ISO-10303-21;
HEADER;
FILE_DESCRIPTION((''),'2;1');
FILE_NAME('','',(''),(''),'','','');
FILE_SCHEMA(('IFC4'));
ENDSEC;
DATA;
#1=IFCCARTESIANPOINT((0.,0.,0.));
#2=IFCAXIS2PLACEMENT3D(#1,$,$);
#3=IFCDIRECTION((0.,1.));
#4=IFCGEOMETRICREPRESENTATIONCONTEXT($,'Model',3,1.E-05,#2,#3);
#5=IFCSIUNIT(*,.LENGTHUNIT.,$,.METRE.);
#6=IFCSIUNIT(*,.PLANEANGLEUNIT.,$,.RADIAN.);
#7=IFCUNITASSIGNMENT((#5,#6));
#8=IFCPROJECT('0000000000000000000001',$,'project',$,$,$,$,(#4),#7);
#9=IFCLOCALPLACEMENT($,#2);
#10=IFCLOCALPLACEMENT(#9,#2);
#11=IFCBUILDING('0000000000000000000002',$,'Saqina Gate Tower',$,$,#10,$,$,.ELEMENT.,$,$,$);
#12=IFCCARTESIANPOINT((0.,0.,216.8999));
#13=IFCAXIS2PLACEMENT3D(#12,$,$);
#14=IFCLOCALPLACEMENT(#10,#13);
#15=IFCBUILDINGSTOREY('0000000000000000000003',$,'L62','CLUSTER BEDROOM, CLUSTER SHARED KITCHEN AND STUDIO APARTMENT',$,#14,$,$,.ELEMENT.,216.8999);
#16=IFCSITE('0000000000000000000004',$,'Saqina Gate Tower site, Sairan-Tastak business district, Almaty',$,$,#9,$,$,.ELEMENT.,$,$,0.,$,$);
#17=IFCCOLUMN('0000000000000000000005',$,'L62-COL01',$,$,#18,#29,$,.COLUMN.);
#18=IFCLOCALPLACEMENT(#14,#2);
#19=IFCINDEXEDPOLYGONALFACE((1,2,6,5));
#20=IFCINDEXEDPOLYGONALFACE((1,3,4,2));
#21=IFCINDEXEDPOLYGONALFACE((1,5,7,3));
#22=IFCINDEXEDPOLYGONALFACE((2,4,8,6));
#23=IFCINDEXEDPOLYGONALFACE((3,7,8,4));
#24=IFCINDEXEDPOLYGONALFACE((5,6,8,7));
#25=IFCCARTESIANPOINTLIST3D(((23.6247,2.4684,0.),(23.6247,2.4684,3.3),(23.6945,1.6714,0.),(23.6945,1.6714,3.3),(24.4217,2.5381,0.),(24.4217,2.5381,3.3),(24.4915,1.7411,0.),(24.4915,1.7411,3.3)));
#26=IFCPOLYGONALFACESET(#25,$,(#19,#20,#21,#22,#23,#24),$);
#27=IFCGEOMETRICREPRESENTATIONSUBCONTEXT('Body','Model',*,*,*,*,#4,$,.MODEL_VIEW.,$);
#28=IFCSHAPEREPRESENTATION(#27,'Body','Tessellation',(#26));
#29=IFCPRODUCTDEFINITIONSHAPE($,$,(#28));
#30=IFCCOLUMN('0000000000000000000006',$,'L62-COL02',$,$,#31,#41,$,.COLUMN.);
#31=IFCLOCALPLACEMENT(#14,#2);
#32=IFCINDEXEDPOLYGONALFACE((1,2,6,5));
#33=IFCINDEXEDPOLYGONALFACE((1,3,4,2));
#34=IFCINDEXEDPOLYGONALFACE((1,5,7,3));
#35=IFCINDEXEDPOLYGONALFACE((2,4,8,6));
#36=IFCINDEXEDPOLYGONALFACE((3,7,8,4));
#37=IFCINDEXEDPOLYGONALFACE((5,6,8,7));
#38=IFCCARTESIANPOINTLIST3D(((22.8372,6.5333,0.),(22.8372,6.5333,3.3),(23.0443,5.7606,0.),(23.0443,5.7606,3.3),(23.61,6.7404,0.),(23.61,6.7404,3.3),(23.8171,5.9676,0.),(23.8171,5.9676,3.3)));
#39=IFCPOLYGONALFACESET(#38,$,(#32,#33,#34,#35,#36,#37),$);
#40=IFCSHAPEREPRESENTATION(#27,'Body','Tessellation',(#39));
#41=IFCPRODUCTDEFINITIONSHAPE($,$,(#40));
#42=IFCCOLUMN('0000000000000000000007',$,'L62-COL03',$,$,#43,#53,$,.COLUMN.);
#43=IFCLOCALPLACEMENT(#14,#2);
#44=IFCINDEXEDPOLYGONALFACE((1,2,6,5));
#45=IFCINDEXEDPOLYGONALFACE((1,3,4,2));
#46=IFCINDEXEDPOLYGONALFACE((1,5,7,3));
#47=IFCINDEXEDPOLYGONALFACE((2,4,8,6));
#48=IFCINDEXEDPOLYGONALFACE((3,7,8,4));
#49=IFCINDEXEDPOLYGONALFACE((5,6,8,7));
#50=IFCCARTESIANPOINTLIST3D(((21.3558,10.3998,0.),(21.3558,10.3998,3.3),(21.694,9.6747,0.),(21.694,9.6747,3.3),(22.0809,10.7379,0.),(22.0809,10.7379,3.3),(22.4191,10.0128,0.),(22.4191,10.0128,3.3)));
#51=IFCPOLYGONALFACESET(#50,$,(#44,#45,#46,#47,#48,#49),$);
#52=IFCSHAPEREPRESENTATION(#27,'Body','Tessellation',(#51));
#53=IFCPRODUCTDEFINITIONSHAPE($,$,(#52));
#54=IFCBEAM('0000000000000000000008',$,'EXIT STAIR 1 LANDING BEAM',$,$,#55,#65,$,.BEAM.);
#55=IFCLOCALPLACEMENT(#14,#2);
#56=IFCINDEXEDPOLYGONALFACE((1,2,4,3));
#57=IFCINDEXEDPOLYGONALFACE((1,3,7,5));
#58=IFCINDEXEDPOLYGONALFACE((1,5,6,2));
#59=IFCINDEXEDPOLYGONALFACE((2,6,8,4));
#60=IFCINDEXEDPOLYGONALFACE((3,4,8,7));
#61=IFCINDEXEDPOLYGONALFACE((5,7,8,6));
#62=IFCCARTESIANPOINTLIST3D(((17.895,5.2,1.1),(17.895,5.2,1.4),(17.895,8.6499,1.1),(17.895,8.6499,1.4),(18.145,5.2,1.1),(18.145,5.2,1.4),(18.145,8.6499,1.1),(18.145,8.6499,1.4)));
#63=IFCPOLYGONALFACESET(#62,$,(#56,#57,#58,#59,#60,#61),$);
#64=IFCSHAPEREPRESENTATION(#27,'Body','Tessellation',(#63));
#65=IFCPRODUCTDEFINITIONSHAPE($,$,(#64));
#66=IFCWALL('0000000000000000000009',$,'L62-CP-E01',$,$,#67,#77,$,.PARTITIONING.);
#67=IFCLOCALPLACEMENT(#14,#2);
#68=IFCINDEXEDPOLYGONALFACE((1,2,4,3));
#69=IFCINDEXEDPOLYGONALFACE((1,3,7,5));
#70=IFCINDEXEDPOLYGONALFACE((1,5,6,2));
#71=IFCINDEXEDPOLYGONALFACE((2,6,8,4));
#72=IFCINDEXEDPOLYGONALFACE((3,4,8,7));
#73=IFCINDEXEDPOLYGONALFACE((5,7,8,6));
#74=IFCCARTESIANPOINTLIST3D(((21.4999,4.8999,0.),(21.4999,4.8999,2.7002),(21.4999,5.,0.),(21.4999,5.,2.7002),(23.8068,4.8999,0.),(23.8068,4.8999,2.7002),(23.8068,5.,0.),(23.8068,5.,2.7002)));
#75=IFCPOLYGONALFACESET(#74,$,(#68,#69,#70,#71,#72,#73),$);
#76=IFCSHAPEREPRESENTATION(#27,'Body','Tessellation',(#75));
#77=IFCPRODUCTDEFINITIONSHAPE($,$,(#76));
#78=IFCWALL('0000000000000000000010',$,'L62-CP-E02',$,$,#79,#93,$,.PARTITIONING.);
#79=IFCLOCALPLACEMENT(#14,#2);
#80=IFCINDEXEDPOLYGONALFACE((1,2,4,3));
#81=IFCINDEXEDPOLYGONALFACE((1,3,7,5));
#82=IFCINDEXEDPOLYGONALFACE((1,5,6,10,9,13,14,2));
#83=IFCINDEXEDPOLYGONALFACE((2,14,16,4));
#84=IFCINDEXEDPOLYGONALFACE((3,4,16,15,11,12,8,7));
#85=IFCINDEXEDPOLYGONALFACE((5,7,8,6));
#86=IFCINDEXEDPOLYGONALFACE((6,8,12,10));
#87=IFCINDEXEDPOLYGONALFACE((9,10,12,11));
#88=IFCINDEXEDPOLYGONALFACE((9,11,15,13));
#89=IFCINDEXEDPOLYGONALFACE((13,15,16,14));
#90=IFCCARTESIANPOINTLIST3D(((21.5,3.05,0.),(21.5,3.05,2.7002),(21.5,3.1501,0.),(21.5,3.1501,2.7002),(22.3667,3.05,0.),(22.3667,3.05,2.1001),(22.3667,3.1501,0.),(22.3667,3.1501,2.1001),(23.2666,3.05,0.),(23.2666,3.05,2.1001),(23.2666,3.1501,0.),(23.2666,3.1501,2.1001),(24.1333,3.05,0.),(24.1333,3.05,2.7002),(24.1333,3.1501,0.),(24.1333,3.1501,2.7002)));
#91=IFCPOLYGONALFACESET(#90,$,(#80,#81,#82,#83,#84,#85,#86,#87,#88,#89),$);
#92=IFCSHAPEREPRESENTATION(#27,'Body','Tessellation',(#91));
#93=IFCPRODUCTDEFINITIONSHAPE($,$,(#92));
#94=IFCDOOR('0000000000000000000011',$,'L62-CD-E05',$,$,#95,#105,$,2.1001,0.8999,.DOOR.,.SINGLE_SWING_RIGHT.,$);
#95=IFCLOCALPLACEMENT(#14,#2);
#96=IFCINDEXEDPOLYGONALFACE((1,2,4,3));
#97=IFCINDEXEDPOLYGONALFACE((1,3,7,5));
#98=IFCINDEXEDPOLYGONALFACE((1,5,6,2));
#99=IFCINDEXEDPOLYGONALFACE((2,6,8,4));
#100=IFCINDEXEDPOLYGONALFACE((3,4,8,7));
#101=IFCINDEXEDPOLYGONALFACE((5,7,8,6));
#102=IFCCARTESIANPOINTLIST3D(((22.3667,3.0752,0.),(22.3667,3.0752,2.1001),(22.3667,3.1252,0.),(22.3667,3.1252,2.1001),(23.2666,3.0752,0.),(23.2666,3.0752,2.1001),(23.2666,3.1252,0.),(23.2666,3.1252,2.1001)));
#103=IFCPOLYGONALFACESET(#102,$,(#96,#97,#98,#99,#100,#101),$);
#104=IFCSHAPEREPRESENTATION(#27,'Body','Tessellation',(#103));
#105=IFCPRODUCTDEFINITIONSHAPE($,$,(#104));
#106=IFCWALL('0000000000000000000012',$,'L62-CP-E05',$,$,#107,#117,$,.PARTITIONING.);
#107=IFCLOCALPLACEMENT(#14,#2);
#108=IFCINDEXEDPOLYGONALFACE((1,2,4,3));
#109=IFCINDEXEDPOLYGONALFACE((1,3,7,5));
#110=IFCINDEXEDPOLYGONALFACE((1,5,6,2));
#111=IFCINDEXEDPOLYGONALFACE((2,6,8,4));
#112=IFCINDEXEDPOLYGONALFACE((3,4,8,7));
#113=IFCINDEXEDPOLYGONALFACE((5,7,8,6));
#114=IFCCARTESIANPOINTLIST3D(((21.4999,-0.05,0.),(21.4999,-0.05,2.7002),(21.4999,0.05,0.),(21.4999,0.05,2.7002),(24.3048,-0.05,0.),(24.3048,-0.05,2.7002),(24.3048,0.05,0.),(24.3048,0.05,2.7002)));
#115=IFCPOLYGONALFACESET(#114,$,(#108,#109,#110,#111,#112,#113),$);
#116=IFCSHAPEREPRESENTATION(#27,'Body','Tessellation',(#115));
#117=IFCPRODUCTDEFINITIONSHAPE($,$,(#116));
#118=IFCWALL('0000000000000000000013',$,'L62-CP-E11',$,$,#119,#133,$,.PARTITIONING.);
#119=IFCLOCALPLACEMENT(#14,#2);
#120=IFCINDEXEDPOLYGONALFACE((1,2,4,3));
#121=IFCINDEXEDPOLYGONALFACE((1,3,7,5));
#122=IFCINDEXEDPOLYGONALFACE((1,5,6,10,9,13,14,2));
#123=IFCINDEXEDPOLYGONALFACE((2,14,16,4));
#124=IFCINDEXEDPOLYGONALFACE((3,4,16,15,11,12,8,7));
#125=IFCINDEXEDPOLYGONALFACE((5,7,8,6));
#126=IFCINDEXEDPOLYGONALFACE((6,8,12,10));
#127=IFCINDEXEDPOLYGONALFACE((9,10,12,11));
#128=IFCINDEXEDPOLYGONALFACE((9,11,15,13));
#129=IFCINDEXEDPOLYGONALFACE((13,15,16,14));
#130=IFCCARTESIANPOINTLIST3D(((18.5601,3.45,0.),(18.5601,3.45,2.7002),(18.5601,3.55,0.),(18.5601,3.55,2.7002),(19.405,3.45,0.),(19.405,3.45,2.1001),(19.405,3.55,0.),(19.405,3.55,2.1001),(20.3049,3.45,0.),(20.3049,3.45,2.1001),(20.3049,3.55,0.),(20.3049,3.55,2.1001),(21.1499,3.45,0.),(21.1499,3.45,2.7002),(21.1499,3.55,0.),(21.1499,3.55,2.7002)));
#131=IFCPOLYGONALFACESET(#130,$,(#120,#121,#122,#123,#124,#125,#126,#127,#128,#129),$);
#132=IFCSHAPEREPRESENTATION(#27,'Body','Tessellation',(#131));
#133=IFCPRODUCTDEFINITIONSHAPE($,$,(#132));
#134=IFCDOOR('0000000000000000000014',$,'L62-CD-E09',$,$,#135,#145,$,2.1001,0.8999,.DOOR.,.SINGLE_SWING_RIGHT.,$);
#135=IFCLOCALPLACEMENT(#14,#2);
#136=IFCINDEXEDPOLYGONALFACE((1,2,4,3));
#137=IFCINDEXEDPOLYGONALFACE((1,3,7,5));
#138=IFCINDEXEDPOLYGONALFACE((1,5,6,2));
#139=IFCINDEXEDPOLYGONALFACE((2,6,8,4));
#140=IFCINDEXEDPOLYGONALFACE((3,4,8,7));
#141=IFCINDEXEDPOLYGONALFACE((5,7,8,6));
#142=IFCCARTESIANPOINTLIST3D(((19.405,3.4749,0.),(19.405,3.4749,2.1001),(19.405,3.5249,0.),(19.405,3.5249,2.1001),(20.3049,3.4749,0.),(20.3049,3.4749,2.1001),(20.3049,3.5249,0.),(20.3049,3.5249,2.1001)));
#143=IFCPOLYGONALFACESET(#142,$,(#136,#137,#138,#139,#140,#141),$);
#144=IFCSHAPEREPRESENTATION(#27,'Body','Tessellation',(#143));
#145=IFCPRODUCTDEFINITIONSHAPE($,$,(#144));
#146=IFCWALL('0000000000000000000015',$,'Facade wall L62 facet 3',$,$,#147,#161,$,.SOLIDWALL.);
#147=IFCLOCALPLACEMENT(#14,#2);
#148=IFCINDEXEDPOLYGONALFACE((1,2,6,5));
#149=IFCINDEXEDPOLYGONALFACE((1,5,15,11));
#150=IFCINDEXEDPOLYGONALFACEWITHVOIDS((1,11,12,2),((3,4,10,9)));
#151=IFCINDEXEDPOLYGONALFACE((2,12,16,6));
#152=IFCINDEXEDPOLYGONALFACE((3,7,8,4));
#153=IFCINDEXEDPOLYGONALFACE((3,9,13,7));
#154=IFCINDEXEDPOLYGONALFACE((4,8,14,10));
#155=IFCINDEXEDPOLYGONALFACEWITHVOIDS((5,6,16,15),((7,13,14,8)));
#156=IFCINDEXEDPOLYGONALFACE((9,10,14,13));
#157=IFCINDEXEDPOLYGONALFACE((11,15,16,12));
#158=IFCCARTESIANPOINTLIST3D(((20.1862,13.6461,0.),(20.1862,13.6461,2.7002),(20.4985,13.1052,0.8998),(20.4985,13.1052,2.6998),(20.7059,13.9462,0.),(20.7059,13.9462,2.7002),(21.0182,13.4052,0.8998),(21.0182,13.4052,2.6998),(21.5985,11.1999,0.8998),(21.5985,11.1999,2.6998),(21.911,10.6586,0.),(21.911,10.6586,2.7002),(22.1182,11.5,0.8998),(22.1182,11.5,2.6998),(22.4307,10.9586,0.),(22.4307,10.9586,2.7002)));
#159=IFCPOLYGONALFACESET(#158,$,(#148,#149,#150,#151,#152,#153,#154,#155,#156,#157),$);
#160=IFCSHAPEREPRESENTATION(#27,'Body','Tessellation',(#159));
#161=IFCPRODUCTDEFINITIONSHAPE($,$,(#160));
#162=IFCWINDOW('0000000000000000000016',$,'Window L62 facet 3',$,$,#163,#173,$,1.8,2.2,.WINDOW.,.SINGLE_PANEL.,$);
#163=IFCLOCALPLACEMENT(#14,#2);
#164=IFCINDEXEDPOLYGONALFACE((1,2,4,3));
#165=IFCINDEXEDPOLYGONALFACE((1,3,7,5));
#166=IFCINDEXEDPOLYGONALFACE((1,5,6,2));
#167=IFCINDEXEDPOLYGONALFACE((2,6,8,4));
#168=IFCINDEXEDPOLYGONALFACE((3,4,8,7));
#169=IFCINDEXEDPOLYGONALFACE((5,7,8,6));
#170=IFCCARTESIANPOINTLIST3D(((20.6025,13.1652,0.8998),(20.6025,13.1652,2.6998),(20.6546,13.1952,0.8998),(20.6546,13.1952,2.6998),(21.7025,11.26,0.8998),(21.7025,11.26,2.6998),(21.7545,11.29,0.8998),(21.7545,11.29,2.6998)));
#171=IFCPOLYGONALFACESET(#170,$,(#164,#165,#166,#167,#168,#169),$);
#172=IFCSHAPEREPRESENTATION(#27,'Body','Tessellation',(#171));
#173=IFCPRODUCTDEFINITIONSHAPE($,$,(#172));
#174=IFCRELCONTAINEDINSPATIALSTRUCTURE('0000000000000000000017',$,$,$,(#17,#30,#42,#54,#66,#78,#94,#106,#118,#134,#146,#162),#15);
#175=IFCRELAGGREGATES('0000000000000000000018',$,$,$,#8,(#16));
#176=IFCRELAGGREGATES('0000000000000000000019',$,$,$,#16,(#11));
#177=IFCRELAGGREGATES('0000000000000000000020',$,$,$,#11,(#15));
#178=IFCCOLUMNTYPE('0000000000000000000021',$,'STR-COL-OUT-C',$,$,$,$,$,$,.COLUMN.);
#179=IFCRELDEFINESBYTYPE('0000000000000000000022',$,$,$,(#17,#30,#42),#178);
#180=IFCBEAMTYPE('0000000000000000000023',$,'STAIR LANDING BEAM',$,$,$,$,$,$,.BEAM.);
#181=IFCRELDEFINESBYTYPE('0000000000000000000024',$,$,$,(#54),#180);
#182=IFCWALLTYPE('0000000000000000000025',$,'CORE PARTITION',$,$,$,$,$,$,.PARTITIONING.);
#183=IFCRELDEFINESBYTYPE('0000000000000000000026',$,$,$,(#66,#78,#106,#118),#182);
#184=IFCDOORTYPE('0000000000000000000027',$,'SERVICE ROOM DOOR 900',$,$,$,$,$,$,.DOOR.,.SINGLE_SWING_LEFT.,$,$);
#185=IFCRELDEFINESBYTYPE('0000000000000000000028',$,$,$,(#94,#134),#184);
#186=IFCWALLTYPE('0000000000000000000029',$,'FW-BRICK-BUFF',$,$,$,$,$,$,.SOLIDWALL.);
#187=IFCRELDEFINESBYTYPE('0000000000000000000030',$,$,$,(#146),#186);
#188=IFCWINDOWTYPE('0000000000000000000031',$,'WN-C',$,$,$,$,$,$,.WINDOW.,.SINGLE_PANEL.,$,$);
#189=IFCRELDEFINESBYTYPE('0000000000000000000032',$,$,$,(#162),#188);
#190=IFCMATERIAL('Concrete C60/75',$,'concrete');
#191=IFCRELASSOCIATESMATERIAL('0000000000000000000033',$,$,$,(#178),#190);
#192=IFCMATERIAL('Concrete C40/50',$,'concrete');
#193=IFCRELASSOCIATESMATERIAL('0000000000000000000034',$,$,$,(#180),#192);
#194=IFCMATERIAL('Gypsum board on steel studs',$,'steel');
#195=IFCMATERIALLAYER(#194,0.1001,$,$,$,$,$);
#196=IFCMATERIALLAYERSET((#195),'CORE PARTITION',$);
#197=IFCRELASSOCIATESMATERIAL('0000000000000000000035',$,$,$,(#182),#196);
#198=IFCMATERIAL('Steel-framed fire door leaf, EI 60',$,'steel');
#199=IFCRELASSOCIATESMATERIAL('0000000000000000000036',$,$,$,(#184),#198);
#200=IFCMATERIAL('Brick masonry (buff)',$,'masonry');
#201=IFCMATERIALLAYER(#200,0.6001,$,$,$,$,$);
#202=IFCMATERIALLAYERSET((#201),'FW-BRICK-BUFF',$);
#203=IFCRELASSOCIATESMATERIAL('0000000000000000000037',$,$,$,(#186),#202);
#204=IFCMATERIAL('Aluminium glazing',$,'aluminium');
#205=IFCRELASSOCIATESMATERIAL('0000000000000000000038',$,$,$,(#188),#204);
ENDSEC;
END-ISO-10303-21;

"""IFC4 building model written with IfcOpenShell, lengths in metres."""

from ifc_helpers import new_model, si_unit, direction, frame, frame_2d, origin, origin_2d, place, context, subcontext, project, spatial, rectangle, extrude, material, layer, layer_set, material_profile, profile_set, type_object, element, fill, save


model = new_model("IFC4")

# Units and contexts
model_context = context("Model", 3, precision=1e-05, world=origin(), true_north=direction((0.0, 1.0)))
body_context = subcontext(model_context, "Body", "Model", "MODEL_VIEW")
ifc_project = project(units=[si_unit("LENGTHUNIT", "METRE"), si_unit("PLANEANGLEUNIT", "RADIAN")], contexts=[model_context])

# Site, building, storey
site_placement = place(None, origin())
site = spatial("IfcSite", under=ifc_project, at=site_placement, Name="Saqina Gate Tower site, Sairan-Tastak business district, Almaty", CompositionType="ELEMENT", RefElevation=0.0)
building_placement = place(site_placement, origin())
building = spatial("IfcBuilding", under=site, at=building_placement, Name="Saqina Gate Tower", CompositionType="ELEMENT")
storey_placement = place(building_placement, frame((0.0, 0.0, 216.8999)))
storey = spatial("IfcBuildingStorey", under=building, at=storey_placement, Name="L62", Description="CLUSTER BEDROOM, CLUSTER SHARED KITCHEN AND STUDIO APARTMENT", CompositionType="ELEMENT", Elevation=216.8999)

# Columns
ifc_material_1 = material(Name="Concrete C60/75", Category="concrete")
ifc_material_profile_1 = material_profile(ifc_material_1, rectangle(XDim=0.8, YDim=0.8, at=origin_2d()), Name="RC 800x800")
ifc_profile_set_1 = profile_set([ifc_material_profile_1], Name="Concrete C60/75")
column_type = type_object("IfcColumnType", Name="STR-COL-OUT-C", PredefinedType="COLUMN", material=ifc_profile_set_1)
for number, where, z_axis, x_axis, name in (
    (1, (24.0581, 2.1047, 0.0), (0.0, 0.0, 1.0), (0.996195, 0.087156, 0.0), "L62-COL01"),
    (2, (23.3271, 6.2505, 0.0), (0.0, 0.0, 1.0), (0.965926, 0.258819, 0.0), "L62-COL02"),
    (3, (21.8875, 10.2063, 0.0), (0.0, 0.0, 1.0), (0.906308, 0.422618, 0.0), "L62-COL03"),
):
    element("IfcColumn", number, at=place(storey_placement, frame(where, z_axis=z_axis, x_axis=x_axis)), inside=storey, type_object=column_type, Name=name, PredefinedType="COLUMN", context=body_context, shape_type="SweptSolid", body=[
        extrude(rectangle(XDim=0.8, YDim=0.8, at=origin_2d()), origin(), (0.0, 0.0, 1.0), 3.3),
    ])

# Beam
ifc_material_2 = material(Name="Concrete C40/50", Category="concrete")
ifc_material_profile_2 = material_profile(ifc_material_2, rectangle(XDim=0.25, YDim=0.3, at=origin_2d()), Name="STAIR LANDING BEAM")
ifc_profile_set_2 = profile_set([ifc_material_profile_2], Name="Concrete C40/50")
beam_type = type_object("IfcBeamType", Name="STAIR LANDING BEAM", PredefinedType="BEAM", material=ifc_profile_set_2)
beam_placement = place(storey_placement, frame((18.02, 5.2, 1.25), z_axis=(0.0, 1.0, 0.0), x_axis=(-1.0, 0.0, 0.0)))
element("IfcBeam", 4, at=beam_placement, inside=storey, type_object=beam_type, Name="EXIT STAIR 1 LANDING BEAM", PredefinedType="BEAM", context=body_context, shape_type="SweptSolid", body=[
    extrude(rectangle(XDim=0.25, YDim=0.3, at=origin_2d()), origin(), (0.0, 0.0, 1.0), 3.45),
])

# Wall
ifc_material_3 = material(Name="Gypsum board on steel studs", Category="steel")
ifc_layer_1 = layer(ifc_material_3, 0.1001)
ifc_layer_set_1 = layer_set([ifc_layer_1], Name="CORE PARTITION")
wall_type_1 = type_object("IfcWallType", Name="CORE PARTITION", PredefinedType="PARTITIONING", material=ifc_layer_set_1)
wall_1_placement = place(storey_placement, frame((21.5, 4.95, 0.0), z_axis=(0.0, 0.0, 1.0), x_axis=(1.0, 0.0, 0.0)))
element("IfcWall", 5, at=wall_1_placement, inside=storey, type_object=wall_type_1, Name="L62-CP-E01", PredefinedType="PARTITIONING", context=body_context, shape_type="SweptSolid", body=[
    extrude(rectangle(XDim=2.3069, YDim=0.1001, at=frame_2d((1.1533, 0.0))), origin(), (0.0, 0.0, 1.0), 2.7002),
])

# Wall, opening, door
wall_2_placement = place(storey_placement, frame((21.5, 3.1001, 0.0), z_axis=(0.0, 0.0, 1.0), x_axis=(1.0, 0.0, 0.0)))
wall_2 = element("IfcWall", 6, at=wall_2_placement, inside=storey, type_object=wall_type_1, Name="L62-CP-E02", PredefinedType="PARTITIONING", context=body_context, shape_type="SweptSolid", body=[
    extrude(rectangle(XDim=2.6333, YDim=0.1001, at=frame_2d((1.3167, 0.0))), origin(), (0.0, 0.0, 1.0), 2.7002),
])
opening_1_placement = place(wall_2_placement, frame((0.8667, 0.0, 0.0)))
opening_1 = element("IfcOpeningElement", 7, at=opening_1_placement, cuts=wall_2, PredefinedType="OPENING", context=body_context, shape_type="SweptSolid", body=[
    extrude(rectangle(XDim=0.8999, YDim=2.1001, at=frame_2d((0.45, 1.05))), frame((0.0, 0.062, 0.0), z_axis=(0.0, -1.0, 0.0), x_axis=(1.0, 0.0, 0.0)), (0.0, 0.0, 1.0), 0.124),
])
ifc_material_4 = material(Name="Steel-framed fire door leaf, EI 60", Category="steel")
door_type_1 = type_object("IfcDoorType", Name="SERVICE ROOM DOOR 900", OperationType="SINGLE_SWING_LEFT", PredefinedType="DOOR", material=ifc_material_4)
door_1_placement = place(opening_1_placement, frame((0.8999, 0.0, 0.0), z_axis=(0.0, 0.0, 1.0), x_axis=(-1.0, 0.0, 0.0)))
door_1 = element("IfcDoor", 8, at=door_1_placement, inside=storey, type_object=door_type_1, Name="L62-CD-E05", OperationType="SINGLE_SWING_RIGHT", OverallHeight=2.1001, OverallWidth=0.8999, PredefinedType="DOOR", context=body_context, shape_type="SweptSolid", body=[
    extrude(rectangle(XDim=0.8999, YDim=2.1001, at=frame_2d((0.45, 1.05))), frame((0.0, 0.0249, 0.0), z_axis=(0.0, -1.0, 0.0), x_axis=(1.0, 0.0, 0.0)), (0.0, 0.0, 1.0), 0.05),
])
fill(opening_1, door_1)

# Wall
wall_3_placement = place(storey_placement, frame((21.5, 0.0, 0.0), z_axis=(0.0, 0.0, 1.0), x_axis=(1.0, 0.0, 0.0)))
element("IfcWall", 9, at=wall_3_placement, inside=storey, type_object=wall_type_1, Name="L62-CP-E05", PredefinedType="PARTITIONING", context=body_context, shape_type="SweptSolid", body=[
    extrude(rectangle(XDim=2.8049, YDim=0.1001, at=frame_2d((1.4023, 0.0))), origin(), (0.0, 0.0, 1.0), 2.7002),
])

# Wall, opening, door
wall_4_placement = place(storey_placement, frame((18.5601, 3.5, 0.0), z_axis=(0.0, 0.0, 1.0), x_axis=(1.0, 0.0, 0.0)))
wall_4 = element("IfcWall", 10, at=wall_4_placement, inside=storey, type_object=wall_type_1, Name="L62-CP-E11", PredefinedType="PARTITIONING", context=body_context, shape_type="SweptSolid", body=[
    extrude(rectangle(XDim=2.5898, YDim=0.1001, at=frame_2d((1.2949, 0.0))), origin(), (0.0, 0.0, 1.0), 2.7002),
])
opening_2_placement = place(wall_4_placement, frame((0.845, 0.0, 0.0)))
opening_2 = element("IfcOpeningElement", 11, at=opening_2_placement, cuts=wall_4, PredefinedType="OPENING", context=body_context, shape_type="SweptSolid", body=[
    extrude(rectangle(XDim=0.8999, YDim=2.1001, at=frame_2d((0.45, 1.05))), frame((0.0, 0.062, 0.0), z_axis=(0.0, -1.0, 0.0), x_axis=(1.0, 0.0, 0.0)), (0.0, 0.0, 1.0), 0.124),
])
door_2_placement = place(opening_2_placement, origin())
door_2 = element("IfcDoor", 12, at=door_2_placement, inside=storey, type_object=door_type_1, Name="L62-CD-E09", OperationType="SINGLE_SWING_RIGHT", OverallHeight=2.1001, OverallWidth=0.8999, PredefinedType="DOOR", context=body_context, shape_type="SweptSolid", body=[
    extrude(rectangle(XDim=0.8999, YDim=2.1001, at=frame_2d((0.45, 1.05))), frame((0.0, 0.0249, 0.0), z_axis=(0.0, -1.0, 0.0), x_axis=(1.0, 0.0, 0.0)), (0.0, 0.0, 1.0), 0.05),
])
fill(opening_2, door_2)

# Wall, opening, window
ifc_material_5 = material(Name="Brick masonry (buff)", Category="masonry")
ifc_layer_2 = layer(ifc_material_5, 0.6001)
ifc_layer_set_2 = layer_set([ifc_layer_2], Name="FW-BRICK-BUFF")
wall_type_2 = type_object("IfcWallType", Name="FW-BRICK-BUFF", PredefinedType="SOLIDWALL", material=ifc_layer_set_2)
wall_5_placement = place(storey_placement, frame((22.1709, 10.8086, 0.0), z_axis=(0.0, 0.0, 1.0), x_axis=(-0.499998, 0.866026, 0.0)))
wall_5 = element("IfcWall", 13, at=wall_5_placement, inside=storey, type_object=wall_type_2, Name="Facade wall L62 facet 3", PredefinedType="SOLIDWALL", context=body_context, shape_type="SweptSolid", body=[
    extrude(rectangle(XDim=3.4497, YDim=0.6001, at=frame_2d((1.7249, 0.0))), origin(), (0.0, 0.0, 1.0), 2.7002),
])
opening_3_placement = place(wall_5_placement, frame((0.625, 0.0, 0.8999)))
opening_3 = element("IfcOpeningElement", 14, at=opening_3_placement, cuts=wall_5, PredefinedType="OPENING", context=body_context, shape_type="SweptSolid", body=[
    extrude(rectangle(XDim=2.2, YDim=1.8, at=frame_2d((1.1001, 0.8999))), frame((0.0, 0.312, 0.0), z_axis=(0.0, -1.0, 0.0), x_axis=(1.0, 0.0, 0.0)), (0.0, 0.0, 1.0), 0.624),
])
ifc_material_6 = material(Name="Aluminium glazing", Category="aluminium")
window_type = type_object("IfcWindowType", Name="WN-C", PartitioningType="SINGLE_PANEL", PredefinedType="WINDOW", material=ifc_material_6)
window_placement = place(opening_3_placement, origin())
window = element("IfcWindow", 15, at=window_placement, inside=storey, type_object=window_type, Name="Window L62 facet 3", OverallHeight=1.8, OverallWidth=2.2, PartitioningType="SINGLE_PANEL", PredefinedType="WINDOW", context=body_context, shape_type="SweptSolid", body=[
    extrude(rectangle(XDim=2.2, YDim=1.8, at=frame_2d((1.1001, 0.8999))), frame((0.0, 0.1799, 0.0), z_axis=(0.0, -1.0, 0.0), x_axis=(1.0, 0.0, 0.0)), (0.0, 0.0, 1.0), 0.0601),
])
fill(opening_3, window)

save(model, "model.ifc")
